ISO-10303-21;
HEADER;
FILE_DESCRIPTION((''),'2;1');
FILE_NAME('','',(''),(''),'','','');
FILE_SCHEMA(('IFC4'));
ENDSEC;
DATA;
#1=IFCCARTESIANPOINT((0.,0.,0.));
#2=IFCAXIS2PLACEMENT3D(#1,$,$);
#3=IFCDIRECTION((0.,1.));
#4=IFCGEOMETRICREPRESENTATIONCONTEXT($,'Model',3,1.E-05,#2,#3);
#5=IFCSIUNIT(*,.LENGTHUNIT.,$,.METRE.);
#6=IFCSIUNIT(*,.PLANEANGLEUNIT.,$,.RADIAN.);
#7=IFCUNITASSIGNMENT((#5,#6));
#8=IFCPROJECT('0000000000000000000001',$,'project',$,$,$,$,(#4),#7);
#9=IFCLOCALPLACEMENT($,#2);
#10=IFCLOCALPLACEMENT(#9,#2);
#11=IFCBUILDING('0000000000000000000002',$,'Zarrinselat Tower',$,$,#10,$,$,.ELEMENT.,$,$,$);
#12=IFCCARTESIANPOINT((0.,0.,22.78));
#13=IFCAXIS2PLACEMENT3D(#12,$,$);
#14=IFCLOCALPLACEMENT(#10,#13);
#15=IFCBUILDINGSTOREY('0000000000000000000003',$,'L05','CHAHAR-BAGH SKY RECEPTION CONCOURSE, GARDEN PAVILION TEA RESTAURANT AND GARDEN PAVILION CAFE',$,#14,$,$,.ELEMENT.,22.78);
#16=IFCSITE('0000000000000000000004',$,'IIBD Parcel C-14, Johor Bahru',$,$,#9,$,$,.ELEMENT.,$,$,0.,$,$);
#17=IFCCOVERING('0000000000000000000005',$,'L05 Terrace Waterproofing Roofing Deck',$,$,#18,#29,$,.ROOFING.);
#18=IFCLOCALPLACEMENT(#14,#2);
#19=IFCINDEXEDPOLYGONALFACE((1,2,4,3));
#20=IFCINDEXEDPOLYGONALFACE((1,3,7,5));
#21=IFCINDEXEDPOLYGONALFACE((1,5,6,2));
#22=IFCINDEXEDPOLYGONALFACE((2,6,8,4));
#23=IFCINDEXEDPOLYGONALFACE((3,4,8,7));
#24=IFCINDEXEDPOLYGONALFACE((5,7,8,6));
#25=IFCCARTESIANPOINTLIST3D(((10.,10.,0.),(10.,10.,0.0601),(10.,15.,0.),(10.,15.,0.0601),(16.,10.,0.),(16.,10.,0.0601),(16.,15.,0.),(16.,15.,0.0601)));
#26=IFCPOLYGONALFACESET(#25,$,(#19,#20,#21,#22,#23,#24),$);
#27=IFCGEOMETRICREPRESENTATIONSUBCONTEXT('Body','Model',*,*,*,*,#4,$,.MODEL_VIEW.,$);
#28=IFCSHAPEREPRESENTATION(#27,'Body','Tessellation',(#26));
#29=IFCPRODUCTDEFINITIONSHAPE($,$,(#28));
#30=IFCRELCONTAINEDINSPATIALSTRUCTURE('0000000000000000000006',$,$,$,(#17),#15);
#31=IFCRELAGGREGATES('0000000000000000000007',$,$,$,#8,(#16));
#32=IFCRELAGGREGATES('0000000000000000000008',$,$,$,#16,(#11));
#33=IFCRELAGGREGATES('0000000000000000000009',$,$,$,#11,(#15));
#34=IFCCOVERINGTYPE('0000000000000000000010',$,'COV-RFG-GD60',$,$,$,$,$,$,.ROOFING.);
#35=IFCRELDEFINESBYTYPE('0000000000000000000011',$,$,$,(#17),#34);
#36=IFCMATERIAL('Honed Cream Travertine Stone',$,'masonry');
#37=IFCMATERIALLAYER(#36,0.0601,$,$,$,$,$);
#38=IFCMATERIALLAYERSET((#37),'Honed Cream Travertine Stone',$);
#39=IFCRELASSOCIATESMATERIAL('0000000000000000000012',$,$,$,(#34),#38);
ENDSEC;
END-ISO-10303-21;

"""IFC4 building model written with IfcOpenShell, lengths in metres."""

from ifc_helpers import new_model, si_unit, direction, frame, origin, place, context, subcontext, project, spatial, polyline, outline, extrude, material, layer, layer_set, type_object, element, save


model = new_model("IFC4")

# Units and contexts
model_context = context("Model", 3, precision=1e-05, world=origin(), true_north=direction((0.0, 1.0)))
body_context = subcontext(model_context, "Body", "Model", "MODEL_VIEW")
ifc_project = project(units=[si_unit("LENGTHUNIT", "METRE"), si_unit("PLANEANGLEUNIT", "RADIAN")], contexts=[model_context])

# Site, building, storey
site_placement = place(None, origin())
site = spatial("IfcSite", under=ifc_project, at=site_placement, Name="IIBD Parcel C-14, Johor Bahru", CompositionType="ELEMENT", RefElevation=0.0)
building_placement = place(site_placement, origin())
building = spatial("IfcBuilding", under=site, at=building_placement, Name="Zarrinselat Tower", CompositionType="ELEMENT")
storey_placement = place(building_placement, frame((0.0, 0.0, 22.78)))
storey = spatial("IfcBuildingStorey", under=building, at=storey_placement, Name="L05", Description="CHAHAR-BAGH SKY RECEPTION CONCOURSE, GARDEN PAVILION TEA RESTAURANT AND GARDEN PAVILION CAFE", CompositionType="ELEMENT", Elevation=22.78)

# Covering
ifc_material_1 = material(Name="Honed Cream Travertine Stone", Category="masonry")
ifc_layer_1 = layer(ifc_material_1, 0.0601)
ifc_layer_set_1 = layer_set([ifc_layer_1], Name="Honed Cream Travertine Stone")
covering_type = type_object("IfcCoveringType", Name="COV-RFG-GD60", PredefinedType="ROOFING", material=ifc_layer_set_1)
covering_placement = place(storey_placement, origin())
element("IfcCovering", 1, at=covering_placement, inside=storey, type_object=covering_type, Name="L05 Terrace Waterproofing Roofing Deck", PredefinedType="ROOFING", context=body_context, shape_type="SweptSolid", body=[
    extrude(outline(polyline([(10.0, 10.0), (16.0, 10.0), (16.0, 15.0), (10.0, 15.0), (10.0, 10.0)])), origin(), (0.0, 0.0, 1.0), 0.0601),
])

save(model, "model.ifc")
